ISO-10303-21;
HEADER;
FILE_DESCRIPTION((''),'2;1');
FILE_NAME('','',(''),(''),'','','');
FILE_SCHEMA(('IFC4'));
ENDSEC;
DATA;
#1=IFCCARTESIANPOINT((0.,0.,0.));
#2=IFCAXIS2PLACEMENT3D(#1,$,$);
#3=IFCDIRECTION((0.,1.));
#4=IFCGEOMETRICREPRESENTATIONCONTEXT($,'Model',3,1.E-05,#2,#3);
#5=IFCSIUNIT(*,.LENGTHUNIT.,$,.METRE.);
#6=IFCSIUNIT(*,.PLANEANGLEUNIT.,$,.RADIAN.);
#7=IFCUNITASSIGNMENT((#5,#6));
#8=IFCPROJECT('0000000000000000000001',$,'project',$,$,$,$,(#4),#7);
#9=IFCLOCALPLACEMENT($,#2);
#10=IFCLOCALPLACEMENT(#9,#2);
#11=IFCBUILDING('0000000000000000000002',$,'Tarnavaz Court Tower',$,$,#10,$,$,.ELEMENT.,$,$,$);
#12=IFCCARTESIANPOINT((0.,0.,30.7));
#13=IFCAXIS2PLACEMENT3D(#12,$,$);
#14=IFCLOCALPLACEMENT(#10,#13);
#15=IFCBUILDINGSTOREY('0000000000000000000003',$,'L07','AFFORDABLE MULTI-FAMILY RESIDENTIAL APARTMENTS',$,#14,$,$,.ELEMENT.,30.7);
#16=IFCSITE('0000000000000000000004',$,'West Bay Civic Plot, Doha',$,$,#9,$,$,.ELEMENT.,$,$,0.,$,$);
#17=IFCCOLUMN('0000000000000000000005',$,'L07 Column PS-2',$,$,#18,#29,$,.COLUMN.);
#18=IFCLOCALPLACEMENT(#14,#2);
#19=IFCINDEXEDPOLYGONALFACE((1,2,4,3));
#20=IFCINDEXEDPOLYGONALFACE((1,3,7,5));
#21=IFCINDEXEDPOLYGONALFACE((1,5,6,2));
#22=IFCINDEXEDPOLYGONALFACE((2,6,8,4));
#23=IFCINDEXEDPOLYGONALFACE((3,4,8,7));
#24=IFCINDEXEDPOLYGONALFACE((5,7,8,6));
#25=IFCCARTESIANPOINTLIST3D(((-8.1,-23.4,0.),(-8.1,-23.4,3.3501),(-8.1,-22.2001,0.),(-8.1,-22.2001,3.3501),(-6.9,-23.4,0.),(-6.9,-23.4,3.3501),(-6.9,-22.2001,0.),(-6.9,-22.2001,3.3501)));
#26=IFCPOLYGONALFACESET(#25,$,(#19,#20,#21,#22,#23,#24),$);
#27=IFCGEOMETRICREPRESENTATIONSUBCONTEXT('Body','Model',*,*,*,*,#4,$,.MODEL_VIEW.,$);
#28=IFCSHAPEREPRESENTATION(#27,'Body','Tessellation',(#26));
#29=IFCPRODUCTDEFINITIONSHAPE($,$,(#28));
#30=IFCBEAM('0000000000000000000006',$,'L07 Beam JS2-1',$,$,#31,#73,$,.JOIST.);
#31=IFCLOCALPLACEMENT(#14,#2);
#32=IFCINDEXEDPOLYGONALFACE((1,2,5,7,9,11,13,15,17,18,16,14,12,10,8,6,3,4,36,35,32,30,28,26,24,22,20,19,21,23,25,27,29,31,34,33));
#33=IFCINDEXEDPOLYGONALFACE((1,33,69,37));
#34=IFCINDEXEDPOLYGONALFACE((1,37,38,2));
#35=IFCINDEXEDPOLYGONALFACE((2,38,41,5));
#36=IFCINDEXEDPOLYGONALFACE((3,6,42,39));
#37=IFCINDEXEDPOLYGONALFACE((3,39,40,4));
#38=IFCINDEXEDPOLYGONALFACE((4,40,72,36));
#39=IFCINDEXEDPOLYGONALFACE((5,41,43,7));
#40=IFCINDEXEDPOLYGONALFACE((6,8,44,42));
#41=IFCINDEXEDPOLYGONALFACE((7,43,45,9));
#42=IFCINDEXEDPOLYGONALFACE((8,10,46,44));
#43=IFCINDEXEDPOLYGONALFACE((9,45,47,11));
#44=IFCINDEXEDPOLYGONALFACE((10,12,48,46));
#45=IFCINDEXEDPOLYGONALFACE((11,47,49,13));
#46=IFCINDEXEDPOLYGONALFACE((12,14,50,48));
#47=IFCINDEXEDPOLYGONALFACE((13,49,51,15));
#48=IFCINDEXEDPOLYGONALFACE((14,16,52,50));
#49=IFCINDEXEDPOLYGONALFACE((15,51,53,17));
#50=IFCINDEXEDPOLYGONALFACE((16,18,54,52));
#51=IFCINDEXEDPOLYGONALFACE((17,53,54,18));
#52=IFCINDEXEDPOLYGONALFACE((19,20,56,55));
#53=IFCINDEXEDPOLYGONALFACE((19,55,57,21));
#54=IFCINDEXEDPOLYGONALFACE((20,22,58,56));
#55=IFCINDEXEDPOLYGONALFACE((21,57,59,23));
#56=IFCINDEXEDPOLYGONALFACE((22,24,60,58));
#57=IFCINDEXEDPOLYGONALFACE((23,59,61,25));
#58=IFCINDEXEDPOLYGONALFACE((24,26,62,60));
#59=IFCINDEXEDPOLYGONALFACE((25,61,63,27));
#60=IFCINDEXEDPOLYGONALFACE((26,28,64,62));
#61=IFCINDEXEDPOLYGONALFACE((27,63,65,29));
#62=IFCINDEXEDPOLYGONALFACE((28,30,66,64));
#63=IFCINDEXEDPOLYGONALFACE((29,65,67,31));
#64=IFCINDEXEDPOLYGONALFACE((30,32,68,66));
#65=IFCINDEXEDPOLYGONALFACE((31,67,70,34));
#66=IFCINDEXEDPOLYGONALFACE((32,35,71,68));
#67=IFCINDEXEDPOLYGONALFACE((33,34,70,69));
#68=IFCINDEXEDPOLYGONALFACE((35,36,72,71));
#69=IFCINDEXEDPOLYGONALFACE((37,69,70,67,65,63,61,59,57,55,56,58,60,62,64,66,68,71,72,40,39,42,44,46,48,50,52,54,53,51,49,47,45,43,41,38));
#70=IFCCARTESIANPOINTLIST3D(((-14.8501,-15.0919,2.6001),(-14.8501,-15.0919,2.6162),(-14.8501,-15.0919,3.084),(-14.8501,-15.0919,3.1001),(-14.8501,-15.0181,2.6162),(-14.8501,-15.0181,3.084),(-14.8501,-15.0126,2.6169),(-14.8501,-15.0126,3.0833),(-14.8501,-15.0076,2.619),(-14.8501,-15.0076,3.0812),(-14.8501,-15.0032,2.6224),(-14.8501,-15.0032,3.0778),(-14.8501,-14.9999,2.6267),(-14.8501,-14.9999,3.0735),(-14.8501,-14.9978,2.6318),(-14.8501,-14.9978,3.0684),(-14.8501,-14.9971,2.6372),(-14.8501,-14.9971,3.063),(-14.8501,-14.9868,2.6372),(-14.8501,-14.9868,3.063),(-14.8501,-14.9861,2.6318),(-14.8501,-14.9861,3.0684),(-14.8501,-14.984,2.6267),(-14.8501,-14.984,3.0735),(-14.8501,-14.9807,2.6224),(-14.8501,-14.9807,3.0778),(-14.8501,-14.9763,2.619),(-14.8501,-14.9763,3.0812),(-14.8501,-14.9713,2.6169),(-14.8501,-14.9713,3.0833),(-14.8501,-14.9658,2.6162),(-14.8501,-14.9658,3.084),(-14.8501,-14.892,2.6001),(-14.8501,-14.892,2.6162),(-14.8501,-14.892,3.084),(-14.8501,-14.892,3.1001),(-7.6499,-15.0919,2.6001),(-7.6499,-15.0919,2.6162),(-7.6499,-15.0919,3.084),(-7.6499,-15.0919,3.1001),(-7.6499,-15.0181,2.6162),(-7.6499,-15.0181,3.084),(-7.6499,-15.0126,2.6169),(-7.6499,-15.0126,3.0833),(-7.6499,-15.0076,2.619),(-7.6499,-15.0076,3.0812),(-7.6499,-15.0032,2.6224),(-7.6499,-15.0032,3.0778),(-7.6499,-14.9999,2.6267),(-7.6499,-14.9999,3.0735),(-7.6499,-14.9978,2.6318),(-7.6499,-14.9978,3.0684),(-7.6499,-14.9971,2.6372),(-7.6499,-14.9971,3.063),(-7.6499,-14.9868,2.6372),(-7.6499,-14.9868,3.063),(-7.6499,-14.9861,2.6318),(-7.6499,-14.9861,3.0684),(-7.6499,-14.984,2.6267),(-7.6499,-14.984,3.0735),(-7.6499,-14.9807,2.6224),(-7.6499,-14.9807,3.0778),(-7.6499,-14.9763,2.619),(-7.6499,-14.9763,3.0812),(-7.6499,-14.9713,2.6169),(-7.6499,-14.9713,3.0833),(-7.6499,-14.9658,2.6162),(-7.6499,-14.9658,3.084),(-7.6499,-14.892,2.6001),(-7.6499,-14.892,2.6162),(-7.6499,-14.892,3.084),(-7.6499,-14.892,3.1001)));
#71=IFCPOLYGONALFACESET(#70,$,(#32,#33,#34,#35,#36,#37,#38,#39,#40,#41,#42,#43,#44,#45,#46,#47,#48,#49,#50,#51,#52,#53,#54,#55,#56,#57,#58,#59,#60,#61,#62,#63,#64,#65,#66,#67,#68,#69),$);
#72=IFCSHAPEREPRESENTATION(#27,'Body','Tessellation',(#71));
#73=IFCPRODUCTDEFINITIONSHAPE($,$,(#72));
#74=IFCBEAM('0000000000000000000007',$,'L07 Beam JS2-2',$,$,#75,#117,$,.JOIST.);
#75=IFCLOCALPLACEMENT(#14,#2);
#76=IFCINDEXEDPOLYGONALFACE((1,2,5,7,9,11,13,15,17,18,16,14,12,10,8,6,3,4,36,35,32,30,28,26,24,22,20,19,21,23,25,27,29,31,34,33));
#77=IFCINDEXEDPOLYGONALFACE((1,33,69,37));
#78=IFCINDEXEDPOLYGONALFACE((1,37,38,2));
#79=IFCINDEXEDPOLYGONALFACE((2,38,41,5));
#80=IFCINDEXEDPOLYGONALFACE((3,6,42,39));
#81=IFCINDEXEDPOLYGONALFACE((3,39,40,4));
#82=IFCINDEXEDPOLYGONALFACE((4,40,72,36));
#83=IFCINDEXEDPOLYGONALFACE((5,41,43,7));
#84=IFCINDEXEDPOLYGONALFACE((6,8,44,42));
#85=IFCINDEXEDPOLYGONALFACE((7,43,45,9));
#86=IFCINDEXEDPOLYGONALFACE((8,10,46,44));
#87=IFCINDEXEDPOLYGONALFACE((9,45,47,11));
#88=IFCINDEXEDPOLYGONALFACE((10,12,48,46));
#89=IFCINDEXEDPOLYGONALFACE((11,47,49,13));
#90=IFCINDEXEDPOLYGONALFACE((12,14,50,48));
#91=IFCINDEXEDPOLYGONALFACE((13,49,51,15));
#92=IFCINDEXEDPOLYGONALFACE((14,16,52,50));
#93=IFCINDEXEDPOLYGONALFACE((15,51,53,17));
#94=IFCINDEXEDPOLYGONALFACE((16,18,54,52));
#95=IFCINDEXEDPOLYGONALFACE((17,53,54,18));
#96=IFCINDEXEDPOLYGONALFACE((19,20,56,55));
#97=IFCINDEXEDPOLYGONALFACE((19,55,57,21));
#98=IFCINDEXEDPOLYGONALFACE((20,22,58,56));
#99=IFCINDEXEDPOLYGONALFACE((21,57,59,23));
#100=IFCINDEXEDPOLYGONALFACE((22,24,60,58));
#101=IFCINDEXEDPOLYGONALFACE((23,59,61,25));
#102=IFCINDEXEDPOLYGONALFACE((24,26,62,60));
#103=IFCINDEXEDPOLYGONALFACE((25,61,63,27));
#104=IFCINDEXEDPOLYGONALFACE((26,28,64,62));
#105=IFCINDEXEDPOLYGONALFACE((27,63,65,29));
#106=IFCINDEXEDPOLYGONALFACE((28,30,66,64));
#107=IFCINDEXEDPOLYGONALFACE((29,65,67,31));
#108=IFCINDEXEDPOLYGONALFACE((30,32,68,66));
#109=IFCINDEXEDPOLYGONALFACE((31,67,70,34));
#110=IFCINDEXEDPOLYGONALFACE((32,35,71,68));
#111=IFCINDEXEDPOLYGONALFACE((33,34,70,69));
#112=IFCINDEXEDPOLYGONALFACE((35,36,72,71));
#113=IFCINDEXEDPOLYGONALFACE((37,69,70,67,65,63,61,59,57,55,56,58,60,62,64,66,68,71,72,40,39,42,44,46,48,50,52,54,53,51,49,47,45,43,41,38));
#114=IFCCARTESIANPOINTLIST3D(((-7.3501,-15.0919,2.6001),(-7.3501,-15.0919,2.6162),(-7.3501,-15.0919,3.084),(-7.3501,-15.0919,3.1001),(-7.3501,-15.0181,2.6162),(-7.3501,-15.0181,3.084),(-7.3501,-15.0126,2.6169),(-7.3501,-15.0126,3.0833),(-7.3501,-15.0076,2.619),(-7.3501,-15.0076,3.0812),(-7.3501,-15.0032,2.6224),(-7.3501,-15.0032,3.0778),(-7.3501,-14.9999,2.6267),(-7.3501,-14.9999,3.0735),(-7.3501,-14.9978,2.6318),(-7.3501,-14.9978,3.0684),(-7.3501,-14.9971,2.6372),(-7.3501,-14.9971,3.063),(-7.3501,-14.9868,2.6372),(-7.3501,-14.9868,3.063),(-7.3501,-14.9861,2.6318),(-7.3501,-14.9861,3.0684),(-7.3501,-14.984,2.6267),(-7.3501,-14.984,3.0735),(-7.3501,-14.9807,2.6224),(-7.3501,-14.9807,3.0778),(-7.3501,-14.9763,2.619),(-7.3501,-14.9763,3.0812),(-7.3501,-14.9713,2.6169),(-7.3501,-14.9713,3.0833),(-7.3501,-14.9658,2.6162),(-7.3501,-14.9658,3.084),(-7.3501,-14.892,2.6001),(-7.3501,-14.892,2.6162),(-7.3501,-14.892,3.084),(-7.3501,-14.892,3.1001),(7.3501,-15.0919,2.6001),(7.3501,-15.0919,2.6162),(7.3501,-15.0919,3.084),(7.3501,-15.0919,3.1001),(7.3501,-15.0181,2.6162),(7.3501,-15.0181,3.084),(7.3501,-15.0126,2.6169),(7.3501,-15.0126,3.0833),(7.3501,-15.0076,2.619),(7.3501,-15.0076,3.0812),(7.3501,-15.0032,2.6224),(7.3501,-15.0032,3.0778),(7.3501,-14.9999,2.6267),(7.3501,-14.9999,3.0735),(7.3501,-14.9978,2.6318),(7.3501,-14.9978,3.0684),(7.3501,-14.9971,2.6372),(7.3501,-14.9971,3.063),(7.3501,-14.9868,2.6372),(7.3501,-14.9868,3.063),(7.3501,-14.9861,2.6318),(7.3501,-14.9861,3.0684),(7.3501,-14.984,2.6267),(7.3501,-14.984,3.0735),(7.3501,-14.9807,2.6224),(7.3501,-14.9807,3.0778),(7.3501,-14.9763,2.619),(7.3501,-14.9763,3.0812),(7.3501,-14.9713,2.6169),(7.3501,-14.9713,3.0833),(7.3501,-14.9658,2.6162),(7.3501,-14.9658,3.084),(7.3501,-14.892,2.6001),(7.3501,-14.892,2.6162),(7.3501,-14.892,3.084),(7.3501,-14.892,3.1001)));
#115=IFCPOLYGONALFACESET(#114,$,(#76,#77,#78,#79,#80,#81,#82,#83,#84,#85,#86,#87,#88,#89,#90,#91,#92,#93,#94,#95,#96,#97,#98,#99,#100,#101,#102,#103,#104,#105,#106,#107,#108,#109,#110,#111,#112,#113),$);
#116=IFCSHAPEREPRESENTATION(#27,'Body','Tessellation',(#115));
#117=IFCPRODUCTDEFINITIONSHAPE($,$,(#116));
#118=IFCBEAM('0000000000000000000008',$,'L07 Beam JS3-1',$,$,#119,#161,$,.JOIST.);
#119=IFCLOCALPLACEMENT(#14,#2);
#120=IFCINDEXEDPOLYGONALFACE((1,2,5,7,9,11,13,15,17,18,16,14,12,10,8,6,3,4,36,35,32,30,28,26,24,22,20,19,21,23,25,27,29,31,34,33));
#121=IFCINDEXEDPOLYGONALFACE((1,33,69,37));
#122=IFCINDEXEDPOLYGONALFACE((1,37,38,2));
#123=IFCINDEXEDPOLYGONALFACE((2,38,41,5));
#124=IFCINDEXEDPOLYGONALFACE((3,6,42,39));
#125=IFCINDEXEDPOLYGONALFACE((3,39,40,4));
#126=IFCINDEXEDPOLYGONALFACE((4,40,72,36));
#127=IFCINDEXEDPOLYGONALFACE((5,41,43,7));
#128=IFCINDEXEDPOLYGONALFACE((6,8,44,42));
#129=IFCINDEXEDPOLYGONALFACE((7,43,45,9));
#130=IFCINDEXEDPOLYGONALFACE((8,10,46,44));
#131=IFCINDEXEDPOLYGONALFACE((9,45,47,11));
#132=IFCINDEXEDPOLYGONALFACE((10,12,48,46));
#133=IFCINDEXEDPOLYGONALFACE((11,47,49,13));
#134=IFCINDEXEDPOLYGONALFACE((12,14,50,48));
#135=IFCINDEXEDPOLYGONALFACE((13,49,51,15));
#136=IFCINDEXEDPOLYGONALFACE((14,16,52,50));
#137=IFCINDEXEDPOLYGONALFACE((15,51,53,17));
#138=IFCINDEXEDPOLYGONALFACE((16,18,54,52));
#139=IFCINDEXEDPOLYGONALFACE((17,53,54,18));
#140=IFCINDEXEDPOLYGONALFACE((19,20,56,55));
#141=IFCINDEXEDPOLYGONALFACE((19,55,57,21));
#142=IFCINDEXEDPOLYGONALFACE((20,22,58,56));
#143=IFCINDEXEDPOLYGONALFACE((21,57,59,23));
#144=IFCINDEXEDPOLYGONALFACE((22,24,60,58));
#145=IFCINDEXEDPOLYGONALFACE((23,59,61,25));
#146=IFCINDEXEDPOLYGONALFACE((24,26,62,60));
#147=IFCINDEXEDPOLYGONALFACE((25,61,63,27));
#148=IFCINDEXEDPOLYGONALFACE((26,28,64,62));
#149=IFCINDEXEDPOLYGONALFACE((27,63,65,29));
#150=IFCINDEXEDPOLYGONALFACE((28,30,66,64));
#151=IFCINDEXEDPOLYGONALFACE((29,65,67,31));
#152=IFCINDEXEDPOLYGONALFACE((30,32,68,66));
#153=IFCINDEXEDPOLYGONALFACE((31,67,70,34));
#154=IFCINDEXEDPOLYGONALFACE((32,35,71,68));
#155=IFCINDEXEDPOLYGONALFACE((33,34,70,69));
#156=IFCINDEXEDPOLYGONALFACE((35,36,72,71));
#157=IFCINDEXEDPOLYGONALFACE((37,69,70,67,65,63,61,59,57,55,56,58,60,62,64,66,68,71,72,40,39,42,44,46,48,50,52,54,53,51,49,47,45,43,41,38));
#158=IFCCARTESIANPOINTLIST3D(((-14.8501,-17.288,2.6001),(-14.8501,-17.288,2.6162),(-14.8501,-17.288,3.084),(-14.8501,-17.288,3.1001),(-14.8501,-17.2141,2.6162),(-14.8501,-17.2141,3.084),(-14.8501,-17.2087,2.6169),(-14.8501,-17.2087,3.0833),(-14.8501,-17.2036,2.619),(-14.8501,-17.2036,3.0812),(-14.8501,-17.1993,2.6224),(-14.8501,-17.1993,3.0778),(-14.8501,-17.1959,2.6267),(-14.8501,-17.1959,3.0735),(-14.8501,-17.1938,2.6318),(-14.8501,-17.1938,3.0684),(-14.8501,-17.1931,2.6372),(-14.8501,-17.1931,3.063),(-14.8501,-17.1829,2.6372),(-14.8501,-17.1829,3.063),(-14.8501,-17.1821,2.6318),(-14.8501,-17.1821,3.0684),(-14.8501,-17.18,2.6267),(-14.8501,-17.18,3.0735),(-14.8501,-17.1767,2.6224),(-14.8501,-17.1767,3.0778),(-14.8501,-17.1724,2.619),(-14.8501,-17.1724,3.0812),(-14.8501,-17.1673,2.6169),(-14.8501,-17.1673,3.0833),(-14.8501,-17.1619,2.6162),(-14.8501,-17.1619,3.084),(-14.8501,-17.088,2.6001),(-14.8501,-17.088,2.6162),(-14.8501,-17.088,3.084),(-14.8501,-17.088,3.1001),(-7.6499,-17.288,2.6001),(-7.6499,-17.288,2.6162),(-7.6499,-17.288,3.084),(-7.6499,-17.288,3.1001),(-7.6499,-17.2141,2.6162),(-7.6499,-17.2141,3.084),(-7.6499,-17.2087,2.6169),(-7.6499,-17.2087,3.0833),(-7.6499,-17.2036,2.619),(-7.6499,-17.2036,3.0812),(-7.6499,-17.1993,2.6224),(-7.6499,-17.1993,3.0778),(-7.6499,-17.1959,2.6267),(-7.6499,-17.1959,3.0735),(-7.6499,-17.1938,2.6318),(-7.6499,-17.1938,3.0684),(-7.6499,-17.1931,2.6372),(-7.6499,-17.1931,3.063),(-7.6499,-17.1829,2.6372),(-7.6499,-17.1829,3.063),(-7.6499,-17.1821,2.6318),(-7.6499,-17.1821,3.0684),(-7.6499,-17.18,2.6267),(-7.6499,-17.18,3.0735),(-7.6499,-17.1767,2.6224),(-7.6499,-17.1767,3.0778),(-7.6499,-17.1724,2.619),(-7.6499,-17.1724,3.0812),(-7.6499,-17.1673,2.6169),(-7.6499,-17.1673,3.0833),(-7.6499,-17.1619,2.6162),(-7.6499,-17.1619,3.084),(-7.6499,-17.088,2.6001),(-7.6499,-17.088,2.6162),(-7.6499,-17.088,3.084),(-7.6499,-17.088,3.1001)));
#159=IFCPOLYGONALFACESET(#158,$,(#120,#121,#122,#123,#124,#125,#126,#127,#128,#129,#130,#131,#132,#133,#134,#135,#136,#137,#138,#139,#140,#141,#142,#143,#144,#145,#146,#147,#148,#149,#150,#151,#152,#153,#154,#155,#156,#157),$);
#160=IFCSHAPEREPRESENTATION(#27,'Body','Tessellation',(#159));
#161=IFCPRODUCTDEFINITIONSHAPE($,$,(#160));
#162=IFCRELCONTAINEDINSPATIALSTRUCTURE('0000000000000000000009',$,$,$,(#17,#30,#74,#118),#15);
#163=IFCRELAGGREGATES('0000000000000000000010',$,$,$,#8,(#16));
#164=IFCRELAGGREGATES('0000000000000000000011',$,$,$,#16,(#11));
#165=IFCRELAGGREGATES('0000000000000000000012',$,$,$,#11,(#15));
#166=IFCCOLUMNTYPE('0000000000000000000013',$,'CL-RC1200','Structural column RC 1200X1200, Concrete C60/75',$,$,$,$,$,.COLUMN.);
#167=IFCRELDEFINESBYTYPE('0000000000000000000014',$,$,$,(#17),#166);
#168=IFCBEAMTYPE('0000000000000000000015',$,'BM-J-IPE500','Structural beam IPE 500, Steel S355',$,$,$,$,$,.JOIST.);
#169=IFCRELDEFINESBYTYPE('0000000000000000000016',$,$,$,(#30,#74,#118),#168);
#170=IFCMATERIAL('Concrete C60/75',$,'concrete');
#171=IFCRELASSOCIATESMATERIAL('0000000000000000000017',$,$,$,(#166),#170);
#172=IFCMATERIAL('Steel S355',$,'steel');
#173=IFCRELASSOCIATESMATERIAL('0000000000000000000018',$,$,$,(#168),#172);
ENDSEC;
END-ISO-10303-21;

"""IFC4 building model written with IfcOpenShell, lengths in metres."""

from ifc_helpers import new_model, si_unit, direction, frame, origin, origin_2d, place, context, subcontext, project, spatial, rectangle, i_section, extrude, material, material_profile, profile_set, type_object, element, save


model = new_model("IFC4")

# Units and contexts
model_context = context("Model", 3, precision=1e-05, world=origin(), true_north=direction((0.0, 1.0)))
body_context = subcontext(model_context, "Body", "Model", "MODEL_VIEW")
ifc_project = project(units=[si_unit("LENGTHUNIT", "METRE"), si_unit("PLANEANGLEUNIT", "RADIAN")], contexts=[model_context])

# Site, building, storey
site_placement = place(None, origin())
site = spatial("IfcSite", under=ifc_project, at=site_placement, Name="West Bay Civic Plot, Doha", CompositionType="ELEMENT", RefElevation=0.0)
building_placement = place(site_placement, origin())
building = spatial("IfcBuilding", under=site, at=building_placement, Name="Tarnavaz Court Tower", CompositionType="ELEMENT")
storey_placement = place(building_placement, frame((0.0, 0.0, 30.7)))
storey = spatial("IfcBuildingStorey", under=building, at=storey_placement, Name="L07", Description="AFFORDABLE MULTI-FAMILY RESIDENTIAL APARTMENTS", CompositionType="ELEMENT", Elevation=30.7)

# Column
ifc_material_1 = material(Name="Concrete C60/75", Category="concrete")
ifc_material_profile_1 = material_profile(ifc_material_1, rectangle(XDim=1.2, YDim=1.2, at=origin_2d()), Name="RC 1200X1200")
ifc_profile_set_1 = profile_set([ifc_material_profile_1], Name="Concrete C60/75")
column_type = type_object("IfcColumnType", Name="CL-RC1200", Description="Structural column RC 1200X1200, Concrete C60/75", PredefinedType="COLUMN", material=ifc_profile_set_1)
column_placement = place(storey_placement, frame((-7.5, -22.8, 0.0), z_axis=(0.0, 0.0, 1.0), x_axis=(1.0, 0.0, 0.0)))
element("IfcColumn", 1, at=column_placement, inside=storey, type_object=column_type, Name="L07 Column PS-2", PredefinedType="COLUMN", context=body_context, shape_type="SweptSolid", body=[
    extrude(rectangle(XDim=1.2, YDim=1.2, at=origin_2d()), origin(), (0.0, 0.0, 1.0), 3.3501),
])

# Beams
ifc_material_2 = material(Name="Steel S355", Category="steel")
ifc_material_profile_2 = material_profile(ifc_material_2, i_section(OverallWidth=0.2, OverallDepth=0.5, WebThickness=0.0103, FlangeThickness=0.0161, FilletRadius=0.021, at=origin_2d()), Name="IPE 500")
ifc_profile_set_2 = profile_set([ifc_material_profile_2], Name="Steel S355")
beam_type_1 = type_object("IfcBeamType", Name="BM-J-IPE500", Description="Structural beam IPE 500, Steel S355", PredefinedType="JOIST", material=ifc_profile_set_2)
beam_1_placement = place(storey_placement, frame((-14.8501, -14.9919, 2.8501), z_axis=(1.0, 0.0, 0.0), x_axis=(0.0, 1.0, 0.0)))
element("IfcBeam", 2, at=beam_1_placement, inside=storey, type_object=beam_type_1, Name="L07 Beam JS2-1", PredefinedType="JOIST", context=body_context, shape_type="SweptSolid", body=[
    extrude(i_section(OverallWidth=0.2, OverallDepth=0.5, WebThickness=0.0103, FlangeThickness=0.0161, FilletRadius=0.021, at=origin_2d()), origin(), (0.0, 0.0, 1.0), 7.2002),
])
beam_2_placement = place(storey_placement, frame((-7.3501, -14.9919, 2.8501), z_axis=(1.0, 0.0, 0.0), x_axis=(0.0, 1.0, 0.0)))
element("IfcBeam", 3, at=beam_2_placement, inside=storey, type_object=beam_type_1, Name="L07 Beam JS2-2", PredefinedType="JOIST", context=body_context, shape_type="SweptSolid", body=[
    extrude(i_section(OverallWidth=0.2, OverallDepth=0.5, WebThickness=0.0103, FlangeThickness=0.0161, FilletRadius=0.021, at=origin_2d()), origin(), (0.0, 0.0, 1.0), 14.7002),
])
beam_3_placement = place(storey_placement, frame((-14.8501, -17.188, 2.8501), z_axis=(1.0, 0.0, 0.0), x_axis=(0.0, 1.0, 0.0)))
element("IfcBeam", 4, at=beam_3_placement, inside=storey, type_object=beam_type_1, Name="L07 Beam JS3-1", PredefinedType="JOIST", context=body_context, shape_type="SweptSolid", body=[
    extrude(i_section(OverallWidth=0.2, OverallDepth=0.5, WebThickness=0.0103, FlangeThickness=0.0161, FilletRadius=0.021, at=origin_2d()), origin(), (0.0, 0.0, 1.0), 7.2002),
])

save(model, "model.ifc")
